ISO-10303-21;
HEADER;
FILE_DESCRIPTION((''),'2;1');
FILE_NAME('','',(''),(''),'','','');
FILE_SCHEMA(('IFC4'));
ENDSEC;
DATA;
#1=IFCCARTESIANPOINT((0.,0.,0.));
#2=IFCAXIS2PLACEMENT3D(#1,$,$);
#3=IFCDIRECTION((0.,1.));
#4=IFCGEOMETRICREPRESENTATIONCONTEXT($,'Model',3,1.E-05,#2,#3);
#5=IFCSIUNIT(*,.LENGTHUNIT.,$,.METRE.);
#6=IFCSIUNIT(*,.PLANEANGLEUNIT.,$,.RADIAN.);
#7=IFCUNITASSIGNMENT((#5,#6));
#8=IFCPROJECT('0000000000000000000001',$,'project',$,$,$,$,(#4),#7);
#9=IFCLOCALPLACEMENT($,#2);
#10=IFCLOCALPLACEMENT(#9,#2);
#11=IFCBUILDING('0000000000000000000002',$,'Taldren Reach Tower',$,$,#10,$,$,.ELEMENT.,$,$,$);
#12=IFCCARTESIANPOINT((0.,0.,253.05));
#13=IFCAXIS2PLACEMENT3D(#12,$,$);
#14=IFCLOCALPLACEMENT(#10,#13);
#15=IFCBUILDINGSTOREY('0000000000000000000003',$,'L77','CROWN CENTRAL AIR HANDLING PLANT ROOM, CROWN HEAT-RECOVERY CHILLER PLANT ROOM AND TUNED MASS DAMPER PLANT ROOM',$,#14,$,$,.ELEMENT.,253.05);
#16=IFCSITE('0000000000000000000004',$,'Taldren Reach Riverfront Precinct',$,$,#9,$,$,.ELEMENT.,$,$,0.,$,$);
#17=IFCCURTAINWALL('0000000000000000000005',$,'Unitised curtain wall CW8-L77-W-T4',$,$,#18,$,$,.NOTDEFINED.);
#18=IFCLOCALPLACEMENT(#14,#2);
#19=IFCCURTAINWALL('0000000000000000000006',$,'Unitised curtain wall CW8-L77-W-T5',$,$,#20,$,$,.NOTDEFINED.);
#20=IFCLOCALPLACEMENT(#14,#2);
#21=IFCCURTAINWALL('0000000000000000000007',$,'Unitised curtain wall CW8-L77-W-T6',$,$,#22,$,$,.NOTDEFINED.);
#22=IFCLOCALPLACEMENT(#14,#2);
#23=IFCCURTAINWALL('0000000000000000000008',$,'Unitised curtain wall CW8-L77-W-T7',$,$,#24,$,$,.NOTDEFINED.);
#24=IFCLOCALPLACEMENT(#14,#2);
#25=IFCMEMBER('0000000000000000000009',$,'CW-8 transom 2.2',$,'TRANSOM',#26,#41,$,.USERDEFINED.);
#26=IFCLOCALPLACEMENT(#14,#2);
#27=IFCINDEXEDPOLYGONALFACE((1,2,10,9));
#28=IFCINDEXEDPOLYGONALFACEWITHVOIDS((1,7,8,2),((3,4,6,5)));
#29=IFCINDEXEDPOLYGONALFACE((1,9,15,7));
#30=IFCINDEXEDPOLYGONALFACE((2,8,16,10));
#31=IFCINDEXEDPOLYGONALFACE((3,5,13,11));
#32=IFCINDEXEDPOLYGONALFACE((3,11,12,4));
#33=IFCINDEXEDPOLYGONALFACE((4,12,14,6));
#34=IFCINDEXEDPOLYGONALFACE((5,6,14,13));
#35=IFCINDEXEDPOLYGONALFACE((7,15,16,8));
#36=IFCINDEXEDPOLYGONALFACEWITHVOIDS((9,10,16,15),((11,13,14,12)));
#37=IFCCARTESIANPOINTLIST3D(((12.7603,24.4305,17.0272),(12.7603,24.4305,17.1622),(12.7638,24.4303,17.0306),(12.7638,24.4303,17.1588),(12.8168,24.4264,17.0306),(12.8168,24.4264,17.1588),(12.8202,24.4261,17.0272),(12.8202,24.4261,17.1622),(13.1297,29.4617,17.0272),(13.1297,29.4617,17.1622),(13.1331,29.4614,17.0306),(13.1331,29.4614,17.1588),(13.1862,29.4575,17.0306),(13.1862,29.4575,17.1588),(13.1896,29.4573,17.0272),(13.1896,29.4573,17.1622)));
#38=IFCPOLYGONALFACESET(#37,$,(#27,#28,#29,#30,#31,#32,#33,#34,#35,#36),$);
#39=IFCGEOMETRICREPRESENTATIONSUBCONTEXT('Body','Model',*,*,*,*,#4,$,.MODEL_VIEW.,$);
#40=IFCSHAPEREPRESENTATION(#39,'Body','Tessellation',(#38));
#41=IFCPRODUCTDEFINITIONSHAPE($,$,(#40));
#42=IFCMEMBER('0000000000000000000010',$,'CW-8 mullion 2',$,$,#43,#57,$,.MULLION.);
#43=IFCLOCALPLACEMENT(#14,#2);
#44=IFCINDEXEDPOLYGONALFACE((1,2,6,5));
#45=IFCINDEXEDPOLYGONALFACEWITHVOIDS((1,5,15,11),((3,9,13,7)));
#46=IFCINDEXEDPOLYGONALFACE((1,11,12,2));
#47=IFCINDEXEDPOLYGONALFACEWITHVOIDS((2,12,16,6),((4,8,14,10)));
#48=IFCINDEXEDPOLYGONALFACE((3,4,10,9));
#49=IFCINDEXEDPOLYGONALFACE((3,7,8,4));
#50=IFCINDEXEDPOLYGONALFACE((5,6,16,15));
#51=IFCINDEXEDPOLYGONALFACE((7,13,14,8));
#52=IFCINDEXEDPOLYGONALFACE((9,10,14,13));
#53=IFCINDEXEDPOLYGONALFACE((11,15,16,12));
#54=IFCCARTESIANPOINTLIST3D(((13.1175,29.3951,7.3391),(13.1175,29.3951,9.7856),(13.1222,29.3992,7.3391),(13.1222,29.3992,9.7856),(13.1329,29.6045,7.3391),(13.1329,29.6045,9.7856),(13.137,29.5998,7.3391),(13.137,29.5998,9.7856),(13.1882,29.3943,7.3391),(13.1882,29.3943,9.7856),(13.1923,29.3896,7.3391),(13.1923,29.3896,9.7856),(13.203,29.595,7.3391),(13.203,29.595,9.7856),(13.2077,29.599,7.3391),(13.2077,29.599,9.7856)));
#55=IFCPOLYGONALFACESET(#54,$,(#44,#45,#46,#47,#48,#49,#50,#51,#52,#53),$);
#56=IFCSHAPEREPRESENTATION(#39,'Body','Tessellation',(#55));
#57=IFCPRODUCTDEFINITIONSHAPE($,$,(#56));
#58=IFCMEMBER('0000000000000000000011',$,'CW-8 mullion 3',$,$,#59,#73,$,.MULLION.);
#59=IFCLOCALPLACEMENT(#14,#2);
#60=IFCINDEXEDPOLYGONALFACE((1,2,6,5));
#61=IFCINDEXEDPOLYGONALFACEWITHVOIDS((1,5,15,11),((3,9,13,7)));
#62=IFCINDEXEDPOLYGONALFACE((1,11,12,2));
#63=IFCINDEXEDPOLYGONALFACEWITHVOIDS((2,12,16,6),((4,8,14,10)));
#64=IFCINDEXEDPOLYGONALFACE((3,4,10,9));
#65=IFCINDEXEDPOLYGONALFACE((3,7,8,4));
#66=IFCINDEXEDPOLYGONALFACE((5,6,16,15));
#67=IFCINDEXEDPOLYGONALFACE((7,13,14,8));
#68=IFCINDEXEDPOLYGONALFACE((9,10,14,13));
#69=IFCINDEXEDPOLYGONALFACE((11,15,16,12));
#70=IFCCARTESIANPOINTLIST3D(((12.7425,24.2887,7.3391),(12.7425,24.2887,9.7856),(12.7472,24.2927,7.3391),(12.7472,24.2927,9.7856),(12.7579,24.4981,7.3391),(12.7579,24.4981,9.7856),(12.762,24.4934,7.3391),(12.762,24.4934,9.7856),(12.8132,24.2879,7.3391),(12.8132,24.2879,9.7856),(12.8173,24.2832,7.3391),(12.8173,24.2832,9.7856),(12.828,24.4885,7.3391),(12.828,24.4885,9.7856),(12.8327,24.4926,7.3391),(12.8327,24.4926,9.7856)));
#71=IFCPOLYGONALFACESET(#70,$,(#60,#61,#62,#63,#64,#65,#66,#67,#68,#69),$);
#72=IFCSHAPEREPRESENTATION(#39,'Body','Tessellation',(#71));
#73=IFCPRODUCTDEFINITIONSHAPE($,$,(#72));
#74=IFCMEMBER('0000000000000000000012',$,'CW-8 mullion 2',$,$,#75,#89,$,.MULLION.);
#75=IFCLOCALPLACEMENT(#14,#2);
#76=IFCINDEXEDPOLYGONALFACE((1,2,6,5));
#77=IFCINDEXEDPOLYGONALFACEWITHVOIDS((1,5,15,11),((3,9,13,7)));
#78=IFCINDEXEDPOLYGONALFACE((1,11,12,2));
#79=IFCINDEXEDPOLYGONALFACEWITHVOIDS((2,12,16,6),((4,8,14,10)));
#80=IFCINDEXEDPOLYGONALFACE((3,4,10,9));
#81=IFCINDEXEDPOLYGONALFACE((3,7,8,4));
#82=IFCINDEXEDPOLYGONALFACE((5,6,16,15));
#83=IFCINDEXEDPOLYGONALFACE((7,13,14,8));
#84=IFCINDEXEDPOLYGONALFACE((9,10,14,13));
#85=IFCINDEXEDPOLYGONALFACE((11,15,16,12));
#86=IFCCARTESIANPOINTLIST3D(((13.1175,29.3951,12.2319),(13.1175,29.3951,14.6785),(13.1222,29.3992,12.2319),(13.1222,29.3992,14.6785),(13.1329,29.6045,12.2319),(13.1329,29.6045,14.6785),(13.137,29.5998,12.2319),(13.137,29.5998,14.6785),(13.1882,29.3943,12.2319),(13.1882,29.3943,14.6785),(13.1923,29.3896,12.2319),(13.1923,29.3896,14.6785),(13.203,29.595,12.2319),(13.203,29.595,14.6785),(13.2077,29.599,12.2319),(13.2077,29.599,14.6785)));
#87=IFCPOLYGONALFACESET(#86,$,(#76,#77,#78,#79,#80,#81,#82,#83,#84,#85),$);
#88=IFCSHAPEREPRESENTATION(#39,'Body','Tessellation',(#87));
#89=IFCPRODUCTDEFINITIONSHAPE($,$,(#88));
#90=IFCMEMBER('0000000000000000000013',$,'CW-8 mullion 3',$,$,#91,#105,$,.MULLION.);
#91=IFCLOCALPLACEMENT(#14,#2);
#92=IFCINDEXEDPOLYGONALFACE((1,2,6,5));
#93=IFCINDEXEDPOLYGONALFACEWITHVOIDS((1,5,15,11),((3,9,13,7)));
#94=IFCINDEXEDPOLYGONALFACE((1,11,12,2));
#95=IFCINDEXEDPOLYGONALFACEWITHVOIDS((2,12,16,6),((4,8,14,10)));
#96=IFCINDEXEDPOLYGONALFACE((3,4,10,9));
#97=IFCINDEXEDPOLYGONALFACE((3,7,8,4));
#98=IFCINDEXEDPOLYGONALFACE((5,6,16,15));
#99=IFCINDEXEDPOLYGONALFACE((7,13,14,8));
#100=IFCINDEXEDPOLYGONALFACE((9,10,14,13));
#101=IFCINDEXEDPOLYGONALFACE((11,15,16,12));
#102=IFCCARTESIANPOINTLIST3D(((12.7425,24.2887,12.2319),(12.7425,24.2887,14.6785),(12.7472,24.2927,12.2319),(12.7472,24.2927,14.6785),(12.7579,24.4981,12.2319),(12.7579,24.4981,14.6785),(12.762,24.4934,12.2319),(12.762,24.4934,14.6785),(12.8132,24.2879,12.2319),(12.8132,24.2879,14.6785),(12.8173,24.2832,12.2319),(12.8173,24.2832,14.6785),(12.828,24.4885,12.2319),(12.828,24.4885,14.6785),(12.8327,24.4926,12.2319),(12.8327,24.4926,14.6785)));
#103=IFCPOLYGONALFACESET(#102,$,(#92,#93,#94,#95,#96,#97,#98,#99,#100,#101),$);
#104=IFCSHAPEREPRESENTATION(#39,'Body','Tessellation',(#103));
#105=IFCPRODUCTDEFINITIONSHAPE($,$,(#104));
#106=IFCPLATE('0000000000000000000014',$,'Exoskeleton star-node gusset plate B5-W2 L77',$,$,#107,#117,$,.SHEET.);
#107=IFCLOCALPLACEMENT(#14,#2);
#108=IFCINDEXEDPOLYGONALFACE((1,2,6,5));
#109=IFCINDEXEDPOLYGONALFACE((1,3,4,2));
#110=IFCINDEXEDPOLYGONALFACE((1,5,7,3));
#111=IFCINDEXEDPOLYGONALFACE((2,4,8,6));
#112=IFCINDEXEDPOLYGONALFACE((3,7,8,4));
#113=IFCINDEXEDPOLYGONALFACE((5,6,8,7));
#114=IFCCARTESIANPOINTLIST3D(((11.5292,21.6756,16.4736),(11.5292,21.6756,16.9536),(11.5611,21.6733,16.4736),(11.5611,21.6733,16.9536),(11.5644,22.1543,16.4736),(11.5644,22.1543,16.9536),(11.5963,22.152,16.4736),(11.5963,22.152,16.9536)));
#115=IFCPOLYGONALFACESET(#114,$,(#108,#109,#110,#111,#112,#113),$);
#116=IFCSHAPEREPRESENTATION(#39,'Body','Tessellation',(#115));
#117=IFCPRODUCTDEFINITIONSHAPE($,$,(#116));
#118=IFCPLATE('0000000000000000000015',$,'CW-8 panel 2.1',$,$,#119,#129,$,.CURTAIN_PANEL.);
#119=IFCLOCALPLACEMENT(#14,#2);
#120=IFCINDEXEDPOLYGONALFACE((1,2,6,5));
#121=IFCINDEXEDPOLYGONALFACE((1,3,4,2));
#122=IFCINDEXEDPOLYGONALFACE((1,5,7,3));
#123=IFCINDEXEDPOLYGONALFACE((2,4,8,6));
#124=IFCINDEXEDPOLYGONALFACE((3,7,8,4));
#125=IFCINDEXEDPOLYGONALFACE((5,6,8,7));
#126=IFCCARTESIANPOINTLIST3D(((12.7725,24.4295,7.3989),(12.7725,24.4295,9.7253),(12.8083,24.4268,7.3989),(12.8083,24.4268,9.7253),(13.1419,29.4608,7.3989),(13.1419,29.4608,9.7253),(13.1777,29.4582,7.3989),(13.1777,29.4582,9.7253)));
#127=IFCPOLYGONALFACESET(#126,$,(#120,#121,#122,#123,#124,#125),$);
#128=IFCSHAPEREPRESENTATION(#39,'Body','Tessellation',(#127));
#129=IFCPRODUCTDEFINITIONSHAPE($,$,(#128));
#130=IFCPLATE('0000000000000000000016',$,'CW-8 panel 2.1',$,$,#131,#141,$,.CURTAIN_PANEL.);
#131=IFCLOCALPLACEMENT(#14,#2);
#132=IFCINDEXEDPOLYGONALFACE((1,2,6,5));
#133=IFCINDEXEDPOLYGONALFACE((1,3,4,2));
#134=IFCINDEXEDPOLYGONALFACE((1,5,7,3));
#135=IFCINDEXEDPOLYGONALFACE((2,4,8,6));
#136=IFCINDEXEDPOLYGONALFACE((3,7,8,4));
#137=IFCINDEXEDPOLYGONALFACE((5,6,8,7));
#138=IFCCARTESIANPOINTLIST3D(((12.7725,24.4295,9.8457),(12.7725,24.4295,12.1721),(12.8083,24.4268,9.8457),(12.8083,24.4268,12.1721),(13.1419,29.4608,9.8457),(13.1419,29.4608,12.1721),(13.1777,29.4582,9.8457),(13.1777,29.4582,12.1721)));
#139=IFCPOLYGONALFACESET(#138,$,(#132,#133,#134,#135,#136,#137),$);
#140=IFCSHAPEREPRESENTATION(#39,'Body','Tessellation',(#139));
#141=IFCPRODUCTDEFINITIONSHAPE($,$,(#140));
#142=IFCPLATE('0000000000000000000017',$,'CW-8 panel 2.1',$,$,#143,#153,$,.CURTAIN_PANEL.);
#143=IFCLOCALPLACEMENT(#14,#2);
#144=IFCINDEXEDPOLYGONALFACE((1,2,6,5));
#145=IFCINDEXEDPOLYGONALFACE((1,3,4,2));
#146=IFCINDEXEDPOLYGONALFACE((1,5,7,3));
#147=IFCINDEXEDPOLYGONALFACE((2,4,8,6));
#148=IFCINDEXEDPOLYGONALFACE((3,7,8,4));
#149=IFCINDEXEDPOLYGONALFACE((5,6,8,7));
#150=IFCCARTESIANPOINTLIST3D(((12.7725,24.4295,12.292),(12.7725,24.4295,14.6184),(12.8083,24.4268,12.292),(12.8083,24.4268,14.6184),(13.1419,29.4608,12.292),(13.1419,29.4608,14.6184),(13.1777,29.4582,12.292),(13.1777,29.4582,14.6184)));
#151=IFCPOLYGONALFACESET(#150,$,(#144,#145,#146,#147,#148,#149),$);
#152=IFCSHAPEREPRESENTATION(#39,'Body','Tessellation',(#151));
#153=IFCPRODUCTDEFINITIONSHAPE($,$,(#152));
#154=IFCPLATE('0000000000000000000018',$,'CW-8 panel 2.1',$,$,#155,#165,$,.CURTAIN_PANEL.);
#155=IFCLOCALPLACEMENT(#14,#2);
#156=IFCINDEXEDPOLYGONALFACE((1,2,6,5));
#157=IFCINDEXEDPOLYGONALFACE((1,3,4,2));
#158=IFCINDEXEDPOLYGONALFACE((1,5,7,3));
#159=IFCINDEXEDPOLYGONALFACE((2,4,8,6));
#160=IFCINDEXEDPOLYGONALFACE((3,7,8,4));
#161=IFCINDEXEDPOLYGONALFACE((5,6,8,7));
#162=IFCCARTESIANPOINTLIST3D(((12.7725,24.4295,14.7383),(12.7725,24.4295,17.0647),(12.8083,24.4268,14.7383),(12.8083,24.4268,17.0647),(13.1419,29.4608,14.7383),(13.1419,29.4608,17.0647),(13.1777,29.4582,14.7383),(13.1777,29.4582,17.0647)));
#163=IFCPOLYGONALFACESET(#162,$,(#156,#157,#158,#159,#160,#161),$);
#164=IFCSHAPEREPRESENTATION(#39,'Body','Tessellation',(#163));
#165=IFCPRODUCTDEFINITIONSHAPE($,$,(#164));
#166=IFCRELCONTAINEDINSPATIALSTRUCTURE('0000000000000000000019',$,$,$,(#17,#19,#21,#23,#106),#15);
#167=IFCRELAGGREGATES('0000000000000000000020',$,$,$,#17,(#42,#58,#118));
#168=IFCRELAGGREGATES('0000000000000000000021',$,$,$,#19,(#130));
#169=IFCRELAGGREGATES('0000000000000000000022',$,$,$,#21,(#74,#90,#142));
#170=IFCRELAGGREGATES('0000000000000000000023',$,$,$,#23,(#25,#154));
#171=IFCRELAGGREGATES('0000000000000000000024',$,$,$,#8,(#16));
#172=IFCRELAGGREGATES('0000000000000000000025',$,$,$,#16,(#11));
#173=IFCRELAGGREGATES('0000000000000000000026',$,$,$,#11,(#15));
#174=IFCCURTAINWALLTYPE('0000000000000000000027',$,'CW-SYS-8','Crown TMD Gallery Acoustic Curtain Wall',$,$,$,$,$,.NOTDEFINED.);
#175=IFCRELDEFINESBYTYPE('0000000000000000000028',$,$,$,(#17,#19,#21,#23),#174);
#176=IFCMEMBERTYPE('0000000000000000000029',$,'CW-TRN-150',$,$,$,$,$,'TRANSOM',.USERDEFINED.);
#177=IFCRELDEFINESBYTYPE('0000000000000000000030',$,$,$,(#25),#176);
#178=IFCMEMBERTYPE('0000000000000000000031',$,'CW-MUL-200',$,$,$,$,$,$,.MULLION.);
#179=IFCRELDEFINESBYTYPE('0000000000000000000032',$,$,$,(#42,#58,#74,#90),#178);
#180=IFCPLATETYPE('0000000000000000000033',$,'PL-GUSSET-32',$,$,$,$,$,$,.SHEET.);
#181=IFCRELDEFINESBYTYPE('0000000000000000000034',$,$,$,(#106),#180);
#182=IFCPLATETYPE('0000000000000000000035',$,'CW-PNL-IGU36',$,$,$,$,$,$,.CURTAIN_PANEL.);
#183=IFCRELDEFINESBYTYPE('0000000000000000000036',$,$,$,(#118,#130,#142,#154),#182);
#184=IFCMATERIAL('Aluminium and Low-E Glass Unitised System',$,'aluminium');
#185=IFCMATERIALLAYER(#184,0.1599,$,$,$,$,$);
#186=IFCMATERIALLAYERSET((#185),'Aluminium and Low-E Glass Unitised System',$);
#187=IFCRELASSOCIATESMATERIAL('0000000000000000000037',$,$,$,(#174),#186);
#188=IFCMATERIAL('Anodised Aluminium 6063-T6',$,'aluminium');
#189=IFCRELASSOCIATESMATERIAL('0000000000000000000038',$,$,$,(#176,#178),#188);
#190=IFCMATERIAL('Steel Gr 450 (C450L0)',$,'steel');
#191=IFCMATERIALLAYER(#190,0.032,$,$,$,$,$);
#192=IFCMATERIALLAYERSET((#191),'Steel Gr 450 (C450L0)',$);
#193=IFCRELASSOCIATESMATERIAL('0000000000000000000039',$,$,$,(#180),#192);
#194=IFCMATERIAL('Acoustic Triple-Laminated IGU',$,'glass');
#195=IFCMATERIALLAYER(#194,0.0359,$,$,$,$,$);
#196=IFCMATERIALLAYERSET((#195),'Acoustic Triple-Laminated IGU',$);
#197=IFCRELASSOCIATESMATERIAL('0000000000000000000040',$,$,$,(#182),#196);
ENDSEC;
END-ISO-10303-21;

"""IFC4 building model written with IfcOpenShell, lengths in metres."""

from ifc_helpers import new_model, si_unit, direction, frame, origin, origin_2d, place, context, subcontext, project, spatial, rectangle, hollow_rectangle, extrude, source, transform, mapped, material, layer, layer_set, material_profile, profile_set, type_object, element, aggregate, save


model = new_model("IFC4")

# Units and contexts
model_context = context("Model", 3, precision=1e-05, world=origin(), true_north=direction((0.0, 1.0)))
body_context = subcontext(model_context, "Body", "Model", "MODEL_VIEW")
ifc_project = project(units=[si_unit("LENGTHUNIT", "METRE"), si_unit("PLANEANGLEUNIT", "RADIAN")], contexts=[model_context])

# Site, building, storey
site_placement = place(None, origin())
site = spatial("IfcSite", under=ifc_project, at=site_placement, Name="Taldren Reach Riverfront Precinct", CompositionType="ELEMENT", RefElevation=0.0)
building_placement = place(site_placement, origin())
building = spatial("IfcBuilding", under=site, at=building_placement, Name="Taldren Reach Tower", CompositionType="ELEMENT")
storey_placement = place(building_placement, frame((0.0, 0.0, 253.05)))
storey = spatial("IfcBuildingStorey", under=building, at=storey_placement, Name="L77", Description="CROWN CENTRAL AIR HANDLING PLANT ROOM, CROWN HEAT-RECOVERY CHILLER PLANT ROOM AND TUNED MASS DAMPER PLANT ROOM", CompositionType="ELEMENT", Elevation=253.05)

# Curtain walls
ifc_material_1 = material(Name="Aluminium and Low-E Glass Unitised System", Category="aluminium")
ifc_layer_1 = layer(ifc_material_1, 0.1599)
ifc_layer_set_1 = layer_set([ifc_layer_1], Name="Aluminium and Low-E Glass Unitised System")
curtain_wall_type = type_object("IfcCurtainWallType", Name="CW-SYS-8", Description="Crown TMD Gallery Acoustic Curtain Wall", PredefinedType="NOTDEFINED", material=ifc_layer_set_1)
curtain_wall_1_placement = place(storey_placement, origin())
curtain_wall_1 = element("IfcCurtainWall", 1, at=curtain_wall_1_placement, inside=storey, type_object=curtain_wall_type, Name="Unitised curtain wall CW8-L77-W-T4", PredefinedType="NOTDEFINED")
ifc_material_2 = material(Name="Anodised Aluminium 6063-T6", Category="aluminium")
ifc_material_profile_1 = material_profile(ifc_material_2, hollow_rectangle(XDim=0.0601, YDim=0.135, WallThickness=0.0034, at=origin_2d()), Name="ALU-135x60x3.5RHS")
ifc_profile_set_1 = profile_set([ifc_material_profile_1], Name="Anodised Aluminium 6063-T6")
member_type_1 = type_object("IfcMemberType", Name="CW-TRN-150", ElementType="TRANSOM", PredefinedType="USERDEFINED", material=ifc_profile_set_1)
curtain_wall_2_placement = place(storey_placement, origin())
curtain_wall_2 = element("IfcCurtainWall", 2, at=curtain_wall_2_placement, inside=storey, type_object=curtain_wall_type, Name="Unitised curtain wall CW8-L77-W-T5", PredefinedType="NOTDEFINED")
curtain_wall_3_placement = place(storey_placement, origin())
curtain_wall_3 = element("IfcCurtainWall", 3, at=curtain_wall_3_placement, inside=storey, type_object=curtain_wall_type, Name="Unitised curtain wall CW8-L77-W-T6", PredefinedType="NOTDEFINED")
curtain_wall_4_placement = place(storey_placement, origin())
curtain_wall_4 = element("IfcCurtainWall", 4, at=curtain_wall_4_placement, inside=storey, type_object=curtain_wall_type, Name="Unitised curtain wall CW8-L77-W-T7", PredefinedType="NOTDEFINED")

# Shared definitions
ifc_material_profile_2 = material_profile(ifc_material_2, hollow_rectangle(XDim=0.075, YDim=0.21, WallThickness=0.0044, at=origin_2d()), Name="ALU-210x75x4.5RHS")
ifc_profile_set_2 = profile_set([ifc_material_profile_2], Name="Anodised Aluminium 6063-T6")
member_type_2 = type_object("IfcMemberType", Name="CW-MUL-200", PredefinedType="MULLION", material=ifc_profile_set_2)

# Shared definitions
shared_shape_1 = source(origin(), body_context, "Body", "SweptSolid", [
    extrude(hollow_rectangle(XDim=0.0601, YDim=0.135, WallThickness=0.0034, at=origin_2d()), origin(), (0.0, 0.0, 1.0), 5.0447),
])

# Members
member_1_placement = place(storey_placement, frame((13.1597, 29.4595, 17.0947), z_axis=(-0.073221, -0.997316, 0.0), x_axis=(0.997316, -0.073221, 0.0)))
member_1 = element("IfcMember", 5, at=member_1_placement, type_object=member_type_1, Name="CW-8 transom 2.2", ObjectType="TRANSOM", PredefinedType="USERDEFINED", context=body_context, shape_type="MappedRepresentation", body=[
    mapped(shared_shape_1, transform((0.0, 0.0, 0.0), scale=1.0)),
])
shared_shape_2 = source(origin(), body_context, "Body", "SweptSolid", [
    extrude(hollow_rectangle(XDim=0.075, YDim=0.21, WallThickness=0.0044, at=origin_2d()), origin(), (0.0, 0.0, 1.0), 2.4465),
])
member_2_placement = place(storey_placement, frame((13.1626, 29.4971, 7.3391), z_axis=(0.0, 0.0, 1.0), x_axis=(0.997314, -0.073238, 0.0)))
member_2 = element("IfcMember", 6, at=member_2_placement, type_object=member_type_2, Name="CW-8 mullion 2", PredefinedType="MULLION", context=body_context, shape_type="MappedRepresentation", body=[
    mapped(shared_shape_2, transform((0.0, 0.0, 0.0), scale=1.0)),
])
member_3_placement = place(storey_placement, frame((12.7876, 24.3906, 7.3391), z_axis=(0.0, 0.0, 1.0), x_axis=(0.997314, -0.073238, 0.0)))
member_3 = element("IfcMember", 7, at=member_3_placement, type_object=member_type_2, Name="CW-8 mullion 3", PredefinedType="MULLION", context=body_context, shape_type="MappedRepresentation", body=[
    mapped(shared_shape_2, transform((0.0, 0.0, 0.0), scale=1.0)),
])
member_4_placement = place(storey_placement, frame((13.1626, 29.4971, 12.2319), z_axis=(0.0, 0.0, 1.0), x_axis=(0.997314, -0.073238, 0.0)))
member_4 = element("IfcMember", 8, at=member_4_placement, type_object=member_type_2, Name="CW-8 mullion 2", PredefinedType="MULLION", context=body_context, shape_type="MappedRepresentation", body=[
    mapped(shared_shape_2, transform((0.0, 0.0, 0.0), scale=1.0)),
])
member_5_placement = place(storey_placement, frame((12.7876, 24.3906, 12.2319), z_axis=(0.0, 0.0, 1.0), x_axis=(0.997314, -0.073238, 0.0)))
member_5 = element("IfcMember", 9, at=member_5_placement, type_object=member_type_2, Name="CW-8 mullion 3", PredefinedType="MULLION", context=body_context, shape_type="MappedRepresentation", body=[
    mapped(shared_shape_2, transform((0.0, 0.0, 0.0), scale=1.0)),
])

# Plates
ifc_material_3 = material(Name="Steel Gr 450 (C450L0)", Category="steel")
ifc_layer_2 = layer(ifc_material_3, 0.032)
ifc_layer_set_2 = layer_set([ifc_layer_2], Name="Steel Gr 450 (C450L0)")
plate_type_1 = type_object("IfcPlateType", Name="PL-GUSSET-32", PredefinedType="SHEET", material=ifc_layer_set_2)
shared_shape_3 = source(origin(), body_context, "Body", "SweptSolid", [
    extrude(rectangle(XDim=0.48, YDim=0.032, at=origin_2d()), origin(), (0.0, 0.0, 1.0), 0.48),
])
plate_1_placement = place(storey_placement, frame((11.5627, 21.9138, 16.4736), z_axis=(0.0, 0.0, 1.0), x_axis=(0.073238, 0.997314, 0.0)))
element("IfcPlate", 10, at=plate_1_placement, inside=storey, type_object=plate_type_1, Name="Exoskeleton star-node gusset plate B5-W2 L77", PredefinedType="SHEET", context=body_context, shape_type="MappedRepresentation", body=[
    mapped(shared_shape_3, transform((0.0, 0.0, 0.0), scale=1.0)),
])
ifc_material_4 = material(Name="Acoustic Triple-Laminated IGU", Category="glass")
ifc_layer_3 = layer(ifc_material_4, 0.0359)
ifc_layer_set_3 = layer_set([ifc_layer_3], Name="Acoustic Triple-Laminated IGU")
plate_type_2 = type_object("IfcPlateType", Name="CW-PNL-IGU36", PredefinedType="CURTAIN_PANEL", material=ifc_layer_set_3)
shared_shape_4 = source(origin(), body_context, "Body", "SweptSolid", [
    extrude(rectangle(XDim=5.0449, YDim=0.0359, at=origin_2d()), origin(), (0.0, 0.0, 1.0), 2.3264),
])
plate_2_placement = place(storey_placement, frame((12.9751, 26.9438, 7.3989), z_axis=(0.0, 0.0, 1.0), x_axis=(-0.073238, -0.997314, 0.0)))
plate_2 = element("IfcPlate", 11, at=plate_2_placement, type_object=plate_type_2, Name="CW-8 panel 2.1", PredefinedType="CURTAIN_PANEL", context=body_context, shape_type="MappedRepresentation", body=[
    mapped(shared_shape_4, transform((0.0, 0.0, 0.0), scale=1.0)),
])
aggregate(curtain_wall_1, [member_2, member_3, plate_2])
plate_3_placement = place(storey_placement, frame((12.9751, 26.9438, 9.8457), z_axis=(0.0, 0.0, 1.0), x_axis=(-0.073238, -0.997314, 0.0)))
plate_3 = element("IfcPlate", 12, at=plate_3_placement, type_object=plate_type_2, Name="CW-8 panel 2.1", PredefinedType="CURTAIN_PANEL", context=body_context, shape_type="MappedRepresentation", body=[
    mapped(shared_shape_4, transform((0.0, 0.0, 0.0), scale=1.0)),
])
aggregate(curtain_wall_2, [plate_3])
plate_4_placement = place(storey_placement, frame((12.9751, 26.9438, 12.292), z_axis=(0.0, 0.0, 1.0), x_axis=(-0.073238, -0.997314, 0.0)))
plate_4 = element("IfcPlate", 13, at=plate_4_placement, type_object=plate_type_2, Name="CW-8 panel 2.1", PredefinedType="CURTAIN_PANEL", context=body_context, shape_type="MappedRepresentation", body=[
    mapped(shared_shape_4, transform((0.0, 0.0, 0.0), scale=1.0)),
])
aggregate(curtain_wall_3, [member_4, member_5, plate_4])
plate_5_placement = place(storey_placement, frame((12.9751, 26.9438, 14.7383), z_axis=(0.0, 0.0, 1.0), x_axis=(-0.073238, -0.997314, 0.0)))
plate_5 = element("IfcPlate", 14, at=plate_5_placement, type_object=plate_type_2, Name="CW-8 panel 2.1", PredefinedType="CURTAIN_PANEL", context=body_context, shape_type="MappedRepresentation", body=[
    mapped(shared_shape_4, transform((0.0, 0.0, 0.0), scale=1.0)),
])
aggregate(curtain_wall_4, [member_1, plate_5])

save(model, "model.ifc")
